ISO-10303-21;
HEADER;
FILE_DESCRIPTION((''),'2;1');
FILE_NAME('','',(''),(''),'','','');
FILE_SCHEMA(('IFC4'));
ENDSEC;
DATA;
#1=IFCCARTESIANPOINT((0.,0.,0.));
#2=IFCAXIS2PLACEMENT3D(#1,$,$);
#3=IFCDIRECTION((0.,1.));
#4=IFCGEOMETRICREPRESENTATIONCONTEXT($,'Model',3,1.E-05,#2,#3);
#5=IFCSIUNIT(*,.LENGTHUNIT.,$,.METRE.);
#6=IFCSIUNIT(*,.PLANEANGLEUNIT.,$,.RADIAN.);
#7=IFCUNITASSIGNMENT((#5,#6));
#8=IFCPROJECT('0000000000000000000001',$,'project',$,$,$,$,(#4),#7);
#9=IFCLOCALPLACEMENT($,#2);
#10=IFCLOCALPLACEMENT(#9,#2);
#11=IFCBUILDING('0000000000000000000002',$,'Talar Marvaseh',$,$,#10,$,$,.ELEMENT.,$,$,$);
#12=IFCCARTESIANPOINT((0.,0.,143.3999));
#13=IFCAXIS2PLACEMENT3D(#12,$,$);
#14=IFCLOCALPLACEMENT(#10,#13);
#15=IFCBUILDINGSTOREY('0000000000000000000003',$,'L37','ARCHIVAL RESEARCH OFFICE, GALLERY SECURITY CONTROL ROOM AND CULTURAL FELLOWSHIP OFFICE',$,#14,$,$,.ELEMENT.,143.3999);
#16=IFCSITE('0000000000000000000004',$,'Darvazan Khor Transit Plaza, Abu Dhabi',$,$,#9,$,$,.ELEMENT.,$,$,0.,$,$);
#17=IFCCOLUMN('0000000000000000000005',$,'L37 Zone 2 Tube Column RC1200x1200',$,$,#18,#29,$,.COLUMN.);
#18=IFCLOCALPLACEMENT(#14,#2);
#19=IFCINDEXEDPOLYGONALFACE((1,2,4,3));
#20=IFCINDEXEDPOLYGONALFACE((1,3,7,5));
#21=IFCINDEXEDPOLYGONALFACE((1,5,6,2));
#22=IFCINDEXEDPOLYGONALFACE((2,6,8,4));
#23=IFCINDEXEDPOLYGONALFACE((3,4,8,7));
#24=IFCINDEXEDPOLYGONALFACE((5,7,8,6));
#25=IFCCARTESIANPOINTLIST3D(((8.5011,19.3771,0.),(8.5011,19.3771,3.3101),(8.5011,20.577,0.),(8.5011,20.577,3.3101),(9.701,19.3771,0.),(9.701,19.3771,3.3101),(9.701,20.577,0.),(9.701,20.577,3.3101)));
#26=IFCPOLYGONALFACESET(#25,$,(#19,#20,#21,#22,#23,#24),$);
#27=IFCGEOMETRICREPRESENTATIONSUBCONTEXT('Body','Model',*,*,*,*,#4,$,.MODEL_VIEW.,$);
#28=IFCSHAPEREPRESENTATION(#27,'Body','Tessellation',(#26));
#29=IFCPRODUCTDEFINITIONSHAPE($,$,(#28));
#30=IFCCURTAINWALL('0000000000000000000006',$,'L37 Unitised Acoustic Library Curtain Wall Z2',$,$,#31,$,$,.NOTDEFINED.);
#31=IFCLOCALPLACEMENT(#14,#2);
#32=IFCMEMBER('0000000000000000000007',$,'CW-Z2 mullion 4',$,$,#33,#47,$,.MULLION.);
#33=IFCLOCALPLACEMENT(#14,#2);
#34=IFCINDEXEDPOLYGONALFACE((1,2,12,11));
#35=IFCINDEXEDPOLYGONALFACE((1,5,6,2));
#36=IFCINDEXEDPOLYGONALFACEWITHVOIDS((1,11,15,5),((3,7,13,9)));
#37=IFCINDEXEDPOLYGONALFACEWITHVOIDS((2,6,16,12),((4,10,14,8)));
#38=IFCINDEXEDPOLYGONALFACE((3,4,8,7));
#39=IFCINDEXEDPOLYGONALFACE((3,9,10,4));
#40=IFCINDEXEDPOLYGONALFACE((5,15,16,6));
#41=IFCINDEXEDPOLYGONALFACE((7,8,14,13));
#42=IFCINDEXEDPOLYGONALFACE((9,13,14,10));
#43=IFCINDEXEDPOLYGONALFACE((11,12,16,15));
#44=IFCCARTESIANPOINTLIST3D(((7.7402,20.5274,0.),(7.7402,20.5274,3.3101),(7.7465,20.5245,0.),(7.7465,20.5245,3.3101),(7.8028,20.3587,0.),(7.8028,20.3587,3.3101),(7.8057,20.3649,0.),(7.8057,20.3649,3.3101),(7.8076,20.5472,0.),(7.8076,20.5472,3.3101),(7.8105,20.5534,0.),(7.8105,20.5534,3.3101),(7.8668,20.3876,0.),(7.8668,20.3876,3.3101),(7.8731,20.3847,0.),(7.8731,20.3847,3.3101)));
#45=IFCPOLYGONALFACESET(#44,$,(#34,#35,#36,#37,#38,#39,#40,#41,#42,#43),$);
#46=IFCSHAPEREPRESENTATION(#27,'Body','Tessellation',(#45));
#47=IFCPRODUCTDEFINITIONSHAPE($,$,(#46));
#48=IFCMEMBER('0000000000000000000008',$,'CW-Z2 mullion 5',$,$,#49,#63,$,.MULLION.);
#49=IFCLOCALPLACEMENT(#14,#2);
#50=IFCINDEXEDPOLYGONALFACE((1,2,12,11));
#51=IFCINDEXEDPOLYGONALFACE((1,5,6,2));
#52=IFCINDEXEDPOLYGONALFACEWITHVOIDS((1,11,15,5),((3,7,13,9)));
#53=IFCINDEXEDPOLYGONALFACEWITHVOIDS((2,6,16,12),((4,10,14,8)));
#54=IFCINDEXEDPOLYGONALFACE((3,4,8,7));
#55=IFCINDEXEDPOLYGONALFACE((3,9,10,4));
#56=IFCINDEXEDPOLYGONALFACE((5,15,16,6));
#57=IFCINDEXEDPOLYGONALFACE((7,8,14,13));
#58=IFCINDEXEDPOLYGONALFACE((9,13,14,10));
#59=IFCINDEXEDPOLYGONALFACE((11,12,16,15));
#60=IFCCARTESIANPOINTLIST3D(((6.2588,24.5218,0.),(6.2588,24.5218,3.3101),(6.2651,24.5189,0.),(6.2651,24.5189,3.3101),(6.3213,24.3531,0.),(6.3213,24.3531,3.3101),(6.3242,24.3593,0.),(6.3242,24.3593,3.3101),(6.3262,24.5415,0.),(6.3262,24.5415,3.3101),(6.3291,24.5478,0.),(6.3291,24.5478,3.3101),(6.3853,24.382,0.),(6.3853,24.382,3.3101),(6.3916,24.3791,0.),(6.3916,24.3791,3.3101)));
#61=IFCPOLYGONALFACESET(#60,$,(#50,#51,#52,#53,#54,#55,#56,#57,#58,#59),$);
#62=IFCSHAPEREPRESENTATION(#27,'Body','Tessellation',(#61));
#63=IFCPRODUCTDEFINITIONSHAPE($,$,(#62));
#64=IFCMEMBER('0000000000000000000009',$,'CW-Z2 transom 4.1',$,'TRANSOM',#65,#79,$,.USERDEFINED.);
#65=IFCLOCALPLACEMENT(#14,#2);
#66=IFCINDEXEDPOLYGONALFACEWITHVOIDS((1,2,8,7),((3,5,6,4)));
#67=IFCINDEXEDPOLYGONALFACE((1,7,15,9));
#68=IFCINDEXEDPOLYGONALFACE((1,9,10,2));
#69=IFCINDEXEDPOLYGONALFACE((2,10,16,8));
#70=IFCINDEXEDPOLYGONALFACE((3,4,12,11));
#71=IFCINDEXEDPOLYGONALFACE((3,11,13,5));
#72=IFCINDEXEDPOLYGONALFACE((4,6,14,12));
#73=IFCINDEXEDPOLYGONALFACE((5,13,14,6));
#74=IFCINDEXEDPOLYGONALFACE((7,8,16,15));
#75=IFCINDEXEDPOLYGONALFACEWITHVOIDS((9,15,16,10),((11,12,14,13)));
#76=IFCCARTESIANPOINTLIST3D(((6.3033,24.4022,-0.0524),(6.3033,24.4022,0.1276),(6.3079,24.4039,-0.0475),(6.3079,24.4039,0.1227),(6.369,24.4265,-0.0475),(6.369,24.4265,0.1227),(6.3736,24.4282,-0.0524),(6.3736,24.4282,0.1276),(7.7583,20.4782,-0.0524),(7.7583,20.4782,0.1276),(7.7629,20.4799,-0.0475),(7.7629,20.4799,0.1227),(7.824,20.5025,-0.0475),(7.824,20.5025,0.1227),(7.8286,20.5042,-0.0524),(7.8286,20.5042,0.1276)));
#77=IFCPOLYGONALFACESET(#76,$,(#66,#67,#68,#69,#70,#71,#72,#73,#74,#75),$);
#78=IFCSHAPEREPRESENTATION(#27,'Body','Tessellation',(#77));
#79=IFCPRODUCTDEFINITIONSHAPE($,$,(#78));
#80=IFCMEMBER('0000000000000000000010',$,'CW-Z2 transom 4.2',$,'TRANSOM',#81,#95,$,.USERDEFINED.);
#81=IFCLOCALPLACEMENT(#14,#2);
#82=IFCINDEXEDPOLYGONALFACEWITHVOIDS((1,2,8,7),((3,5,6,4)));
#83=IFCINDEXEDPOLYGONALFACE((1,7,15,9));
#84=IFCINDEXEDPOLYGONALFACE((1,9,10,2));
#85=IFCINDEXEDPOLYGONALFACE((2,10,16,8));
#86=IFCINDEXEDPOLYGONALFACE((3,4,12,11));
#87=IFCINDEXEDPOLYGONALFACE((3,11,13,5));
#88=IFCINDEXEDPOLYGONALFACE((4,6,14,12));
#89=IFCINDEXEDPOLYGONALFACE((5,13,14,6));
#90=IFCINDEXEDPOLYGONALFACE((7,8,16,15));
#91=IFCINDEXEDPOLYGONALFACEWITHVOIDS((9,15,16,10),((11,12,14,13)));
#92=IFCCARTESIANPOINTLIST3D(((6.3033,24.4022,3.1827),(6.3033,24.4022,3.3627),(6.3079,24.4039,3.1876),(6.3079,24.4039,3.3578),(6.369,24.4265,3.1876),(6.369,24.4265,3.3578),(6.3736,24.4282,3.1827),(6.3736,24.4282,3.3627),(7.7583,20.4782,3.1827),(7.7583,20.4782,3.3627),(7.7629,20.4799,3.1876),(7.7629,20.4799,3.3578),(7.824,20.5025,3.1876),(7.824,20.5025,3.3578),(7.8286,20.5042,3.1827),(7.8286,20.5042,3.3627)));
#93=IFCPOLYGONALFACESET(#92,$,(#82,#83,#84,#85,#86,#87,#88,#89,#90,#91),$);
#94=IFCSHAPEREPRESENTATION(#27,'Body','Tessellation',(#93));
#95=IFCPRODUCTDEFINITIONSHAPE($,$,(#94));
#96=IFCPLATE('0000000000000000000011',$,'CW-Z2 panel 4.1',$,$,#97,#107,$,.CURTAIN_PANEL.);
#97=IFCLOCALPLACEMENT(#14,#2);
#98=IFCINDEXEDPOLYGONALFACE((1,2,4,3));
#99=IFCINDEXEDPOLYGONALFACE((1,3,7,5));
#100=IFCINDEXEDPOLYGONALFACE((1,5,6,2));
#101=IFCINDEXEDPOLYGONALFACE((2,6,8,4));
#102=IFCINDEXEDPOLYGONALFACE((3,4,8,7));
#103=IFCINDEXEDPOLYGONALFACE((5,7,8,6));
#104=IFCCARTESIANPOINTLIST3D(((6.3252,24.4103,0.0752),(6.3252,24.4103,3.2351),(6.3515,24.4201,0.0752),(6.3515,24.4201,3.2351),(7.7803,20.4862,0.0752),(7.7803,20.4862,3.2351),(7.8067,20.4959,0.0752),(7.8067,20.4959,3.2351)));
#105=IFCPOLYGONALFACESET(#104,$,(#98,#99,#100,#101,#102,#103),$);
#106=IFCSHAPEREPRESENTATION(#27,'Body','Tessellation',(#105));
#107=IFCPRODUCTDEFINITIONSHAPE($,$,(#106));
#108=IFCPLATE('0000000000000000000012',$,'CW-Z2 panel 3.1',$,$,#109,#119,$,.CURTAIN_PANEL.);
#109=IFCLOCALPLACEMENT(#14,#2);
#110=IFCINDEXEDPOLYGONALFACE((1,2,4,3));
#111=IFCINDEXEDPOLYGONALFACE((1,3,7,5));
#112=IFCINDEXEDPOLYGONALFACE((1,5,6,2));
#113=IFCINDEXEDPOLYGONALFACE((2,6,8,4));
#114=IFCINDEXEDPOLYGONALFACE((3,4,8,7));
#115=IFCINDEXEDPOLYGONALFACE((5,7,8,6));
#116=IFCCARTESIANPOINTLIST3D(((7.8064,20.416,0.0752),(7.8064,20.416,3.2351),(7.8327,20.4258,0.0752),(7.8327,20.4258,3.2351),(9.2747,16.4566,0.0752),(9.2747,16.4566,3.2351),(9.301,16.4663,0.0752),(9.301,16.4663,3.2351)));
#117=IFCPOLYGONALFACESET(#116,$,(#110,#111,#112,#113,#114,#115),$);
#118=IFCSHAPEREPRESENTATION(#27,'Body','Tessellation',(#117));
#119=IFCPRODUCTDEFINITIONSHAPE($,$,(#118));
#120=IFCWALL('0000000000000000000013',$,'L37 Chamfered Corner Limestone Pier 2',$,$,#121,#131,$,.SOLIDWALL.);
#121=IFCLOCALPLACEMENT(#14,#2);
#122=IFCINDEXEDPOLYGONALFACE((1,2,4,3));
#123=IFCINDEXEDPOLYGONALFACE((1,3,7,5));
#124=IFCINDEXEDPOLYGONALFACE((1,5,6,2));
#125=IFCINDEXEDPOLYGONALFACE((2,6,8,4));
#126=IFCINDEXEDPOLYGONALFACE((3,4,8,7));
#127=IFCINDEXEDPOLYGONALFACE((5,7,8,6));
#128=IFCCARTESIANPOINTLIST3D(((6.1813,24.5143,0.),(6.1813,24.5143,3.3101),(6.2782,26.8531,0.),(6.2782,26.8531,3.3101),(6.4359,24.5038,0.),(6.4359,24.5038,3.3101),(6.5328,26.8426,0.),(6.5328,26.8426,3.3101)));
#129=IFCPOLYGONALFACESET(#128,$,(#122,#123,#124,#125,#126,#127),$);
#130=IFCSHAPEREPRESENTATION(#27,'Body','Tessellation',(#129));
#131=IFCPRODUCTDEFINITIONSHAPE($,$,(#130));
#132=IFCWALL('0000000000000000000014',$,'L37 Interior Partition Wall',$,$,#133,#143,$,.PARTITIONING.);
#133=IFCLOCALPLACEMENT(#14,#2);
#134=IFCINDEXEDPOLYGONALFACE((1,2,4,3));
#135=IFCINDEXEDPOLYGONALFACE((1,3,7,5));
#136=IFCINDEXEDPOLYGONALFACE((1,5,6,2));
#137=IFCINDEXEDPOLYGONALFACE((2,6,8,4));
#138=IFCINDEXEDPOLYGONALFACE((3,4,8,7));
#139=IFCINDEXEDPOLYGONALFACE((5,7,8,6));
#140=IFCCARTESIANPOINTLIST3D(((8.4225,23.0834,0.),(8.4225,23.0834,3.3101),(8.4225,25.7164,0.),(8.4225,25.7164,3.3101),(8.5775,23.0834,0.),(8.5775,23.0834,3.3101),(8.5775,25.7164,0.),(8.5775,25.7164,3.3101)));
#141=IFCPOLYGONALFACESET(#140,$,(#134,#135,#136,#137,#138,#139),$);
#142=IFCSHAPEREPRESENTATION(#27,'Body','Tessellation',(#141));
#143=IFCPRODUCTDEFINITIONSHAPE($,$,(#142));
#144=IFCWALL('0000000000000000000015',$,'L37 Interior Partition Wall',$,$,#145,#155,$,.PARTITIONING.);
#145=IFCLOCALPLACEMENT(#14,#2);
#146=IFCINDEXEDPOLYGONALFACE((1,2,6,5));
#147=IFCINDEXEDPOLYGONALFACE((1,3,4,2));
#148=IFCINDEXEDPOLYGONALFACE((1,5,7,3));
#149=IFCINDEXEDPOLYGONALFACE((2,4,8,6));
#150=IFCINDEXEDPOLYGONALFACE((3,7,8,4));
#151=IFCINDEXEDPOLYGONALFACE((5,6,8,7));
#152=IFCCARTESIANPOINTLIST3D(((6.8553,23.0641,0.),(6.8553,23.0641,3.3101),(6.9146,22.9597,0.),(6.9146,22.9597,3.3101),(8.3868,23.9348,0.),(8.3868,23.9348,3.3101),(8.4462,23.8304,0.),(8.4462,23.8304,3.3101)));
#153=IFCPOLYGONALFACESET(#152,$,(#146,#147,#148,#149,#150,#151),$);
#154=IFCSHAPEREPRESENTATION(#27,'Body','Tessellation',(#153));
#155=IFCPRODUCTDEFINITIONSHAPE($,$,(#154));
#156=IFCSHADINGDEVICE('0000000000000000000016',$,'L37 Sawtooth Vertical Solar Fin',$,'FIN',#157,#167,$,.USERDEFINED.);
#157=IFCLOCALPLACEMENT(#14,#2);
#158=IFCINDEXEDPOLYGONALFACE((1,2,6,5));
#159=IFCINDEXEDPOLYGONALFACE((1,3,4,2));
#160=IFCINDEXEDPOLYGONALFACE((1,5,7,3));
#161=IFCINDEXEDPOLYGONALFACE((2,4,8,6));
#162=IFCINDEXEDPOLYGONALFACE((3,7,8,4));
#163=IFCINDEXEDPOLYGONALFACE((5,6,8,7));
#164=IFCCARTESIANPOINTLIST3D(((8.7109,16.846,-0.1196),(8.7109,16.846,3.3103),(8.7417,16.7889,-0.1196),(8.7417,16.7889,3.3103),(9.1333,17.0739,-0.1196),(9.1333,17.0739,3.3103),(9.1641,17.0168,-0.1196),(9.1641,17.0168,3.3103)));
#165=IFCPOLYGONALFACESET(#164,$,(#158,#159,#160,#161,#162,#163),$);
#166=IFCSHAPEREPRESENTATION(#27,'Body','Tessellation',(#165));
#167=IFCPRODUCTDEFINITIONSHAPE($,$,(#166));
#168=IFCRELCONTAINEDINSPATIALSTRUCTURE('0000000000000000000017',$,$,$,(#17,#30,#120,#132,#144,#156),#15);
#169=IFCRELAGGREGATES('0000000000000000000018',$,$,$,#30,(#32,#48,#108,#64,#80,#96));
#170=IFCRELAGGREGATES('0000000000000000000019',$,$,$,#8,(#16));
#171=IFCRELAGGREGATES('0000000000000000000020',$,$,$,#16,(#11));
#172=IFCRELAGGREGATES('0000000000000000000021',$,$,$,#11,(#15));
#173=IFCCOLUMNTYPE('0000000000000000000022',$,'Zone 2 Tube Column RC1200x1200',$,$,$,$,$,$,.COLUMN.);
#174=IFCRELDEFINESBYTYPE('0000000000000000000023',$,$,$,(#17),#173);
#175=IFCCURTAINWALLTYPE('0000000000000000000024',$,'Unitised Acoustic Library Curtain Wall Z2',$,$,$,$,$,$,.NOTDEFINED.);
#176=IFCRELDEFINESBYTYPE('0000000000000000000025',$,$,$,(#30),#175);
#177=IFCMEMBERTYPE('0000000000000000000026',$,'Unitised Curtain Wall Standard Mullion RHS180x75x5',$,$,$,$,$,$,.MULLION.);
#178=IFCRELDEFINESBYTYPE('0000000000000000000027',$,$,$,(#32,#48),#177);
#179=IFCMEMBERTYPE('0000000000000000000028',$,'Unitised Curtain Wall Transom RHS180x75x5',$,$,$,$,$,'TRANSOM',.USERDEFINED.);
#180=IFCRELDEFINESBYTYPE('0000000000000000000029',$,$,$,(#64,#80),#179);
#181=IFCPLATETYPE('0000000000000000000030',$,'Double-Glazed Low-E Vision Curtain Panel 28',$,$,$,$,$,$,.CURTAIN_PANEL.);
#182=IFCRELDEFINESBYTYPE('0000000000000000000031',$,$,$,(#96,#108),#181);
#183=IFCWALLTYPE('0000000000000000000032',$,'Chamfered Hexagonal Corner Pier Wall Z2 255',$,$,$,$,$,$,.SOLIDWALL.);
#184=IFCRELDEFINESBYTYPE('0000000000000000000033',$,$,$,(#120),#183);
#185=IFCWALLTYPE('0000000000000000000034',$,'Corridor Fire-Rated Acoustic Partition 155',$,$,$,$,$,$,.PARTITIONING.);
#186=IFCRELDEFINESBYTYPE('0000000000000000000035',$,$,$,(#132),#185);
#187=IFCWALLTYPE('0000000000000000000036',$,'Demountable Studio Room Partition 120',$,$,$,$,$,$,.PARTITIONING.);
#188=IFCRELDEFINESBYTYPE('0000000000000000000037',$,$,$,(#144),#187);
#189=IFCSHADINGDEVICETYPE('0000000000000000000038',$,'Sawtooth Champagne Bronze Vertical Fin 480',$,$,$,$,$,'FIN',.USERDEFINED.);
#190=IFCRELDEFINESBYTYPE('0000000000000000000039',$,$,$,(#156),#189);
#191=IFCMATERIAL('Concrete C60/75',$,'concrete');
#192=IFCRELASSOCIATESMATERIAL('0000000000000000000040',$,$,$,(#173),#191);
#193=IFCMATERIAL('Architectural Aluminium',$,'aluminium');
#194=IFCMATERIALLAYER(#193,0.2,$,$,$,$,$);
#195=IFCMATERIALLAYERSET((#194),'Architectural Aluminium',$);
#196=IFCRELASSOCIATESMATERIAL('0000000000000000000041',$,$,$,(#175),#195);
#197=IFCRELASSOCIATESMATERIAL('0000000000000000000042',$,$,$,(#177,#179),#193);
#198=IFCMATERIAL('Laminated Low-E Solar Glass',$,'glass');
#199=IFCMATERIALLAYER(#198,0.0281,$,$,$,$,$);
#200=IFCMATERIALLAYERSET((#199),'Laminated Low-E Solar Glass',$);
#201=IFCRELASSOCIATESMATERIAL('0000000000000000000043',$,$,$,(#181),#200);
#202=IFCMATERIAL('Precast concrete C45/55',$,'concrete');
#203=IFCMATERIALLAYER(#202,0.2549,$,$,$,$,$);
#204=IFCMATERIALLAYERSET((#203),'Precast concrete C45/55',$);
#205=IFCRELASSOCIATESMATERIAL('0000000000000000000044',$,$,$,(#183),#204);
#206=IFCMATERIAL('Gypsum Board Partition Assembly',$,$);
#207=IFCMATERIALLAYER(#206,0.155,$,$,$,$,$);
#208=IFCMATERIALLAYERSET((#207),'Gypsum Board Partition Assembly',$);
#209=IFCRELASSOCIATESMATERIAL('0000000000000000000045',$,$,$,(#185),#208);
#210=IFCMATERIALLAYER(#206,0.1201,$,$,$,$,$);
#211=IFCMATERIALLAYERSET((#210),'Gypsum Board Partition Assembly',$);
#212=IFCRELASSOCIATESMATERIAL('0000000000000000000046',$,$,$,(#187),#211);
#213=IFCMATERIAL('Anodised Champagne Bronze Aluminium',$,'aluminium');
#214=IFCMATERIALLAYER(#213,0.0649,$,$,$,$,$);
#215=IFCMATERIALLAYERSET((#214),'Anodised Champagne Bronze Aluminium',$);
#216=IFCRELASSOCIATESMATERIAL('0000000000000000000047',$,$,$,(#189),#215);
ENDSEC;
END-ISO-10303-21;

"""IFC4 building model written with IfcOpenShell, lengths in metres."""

from ifc_helpers import new_model, si_unit, direction, frame, frame_2d, origin, origin_2d, place, context, subcontext, project, spatial, rectangle, hollow_rectangle, extrude, source, transform, mapped, material, layer, layer_set, material_profile, profile_set, type_object, type_shapes, element, aggregate, save


model = new_model("IFC4")

# Units and contexts
model_context = context("Model", 3, precision=1e-05, world=origin(), true_north=direction((0.0, 1.0)))
body_context = subcontext(model_context, "Body", "Model", "MODEL_VIEW")
ifc_project = project(units=[si_unit("LENGTHUNIT", "METRE"), si_unit("PLANEANGLEUNIT", "RADIAN")], contexts=[model_context])

# Site, building, storey
site_placement = place(None, origin())
site = spatial("IfcSite", under=ifc_project, at=site_placement, Name="Darvazan Khor Transit Plaza, Abu Dhabi", CompositionType="ELEMENT", RefElevation=0.0)
building_placement = place(site_placement, origin())
building = spatial("IfcBuilding", under=site, at=building_placement, Name="Talar Marvaseh", CompositionType="ELEMENT")
storey_placement = place(building_placement, frame((0.0, 0.0, 143.3999)))
storey = spatial("IfcBuildingStorey", under=building, at=storey_placement, Name="L37", Description="ARCHIVAL RESEARCH OFFICE, GALLERY SECURITY CONTROL ROOM AND CULTURAL FELLOWSHIP OFFICE", CompositionType="ELEMENT", Elevation=143.3999)

# Column
ifc_material_1 = material(Name="Concrete C60/75", Category="concrete")
ifc_material_profile_1 = material_profile(ifc_material_1, rectangle(XDim=1.2, YDim=1.2, at=origin_2d()), Name="RC1200x1200")
ifc_profile_set_1 = profile_set([ifc_material_profile_1], Name="Concrete C60/75")
column_type = type_object("IfcColumnType", Name="Zone 2 Tube Column RC1200x1200", PredefinedType="COLUMN", material=ifc_profile_set_1)
column_placement = place(storey_placement, frame((9.1011, 19.9771, 0.0), z_axis=(0.0, 0.0, 1.0), x_axis=(1.0, 0.0, 0.0)))
element("IfcColumn", 1, at=column_placement, inside=storey, type_object=column_type, Name="L37 Zone 2 Tube Column RC1200x1200", PredefinedType="COLUMN", context=body_context, shape_type="SweptSolid", body=[
    extrude(rectangle(XDim=1.2, YDim=1.2, at=origin_2d()), origin(), (0.0, 0.0, 1.0), 3.3101),
])

# Curtain wall, members, plates
ifc_material_2 = material(Name="Architectural Aluminium", Category="aluminium")
ifc_layer_1 = layer(ifc_material_2, 0.2)
ifc_layer_set_1 = layer_set([ifc_layer_1], Name="Architectural Aluminium")
curtain_wall_type = type_object("IfcCurtainWallType", Name="Unitised Acoustic Library Curtain Wall Z2", PredefinedType="NOTDEFINED", material=ifc_layer_set_1)
curtain_wall_placement = place(storey_placement, origin())
curtain_wall = element("IfcCurtainWall", 2, at=curtain_wall_placement, inside=storey, type_object=curtain_wall_type, Name="L37 Unitised Acoustic Library Curtain Wall Z2", PredefinedType="NOTDEFINED")
ifc_material_profile_2 = material_profile(ifc_material_2, hollow_rectangle(XDim=0.075, YDim=0.1799, WallThickness=0.0049, at=origin_2d()), Name="RHS180x75x5")
ifc_profile_set_2 = profile_set([ifc_material_profile_2], Name="Architectural Aluminium")
member_type_1 = type_object("IfcMemberType", Name="Unitised Curtain Wall Standard Mullion RHS180x75x5", PredefinedType="MULLION", material=ifc_profile_set_2)
shared_shape_1 = source(origin(), body_context, "Body", "SweptSolid", [
    extrude(hollow_rectangle(XDim=0.075, YDim=0.1799, WallThickness=0.0049, at=origin_2d()), origin(), (0.0, 0.0, 1.0), 3.3101),
])
type_shapes(member_type_1, [shared_shape_1])
member_1_placement = place(storey_placement, frame((7.8066, 20.4561, 0.0), z_axis=(0.0, 0.0, 1.0), x_axis=(-0.93761, -0.347688, 0.0)))
member_1 = element("IfcMember", 3, at=member_1_placement, type_object=member_type_1, Name="CW-Z2 mullion 4", PredefinedType="MULLION", context=body_context, shape_type="MappedRepresentation", body=[
    mapped(shared_shape_1, transform((0.0, 0.0, 0.0), x_axis=(1.0, 0.0, 0.0), y_axis=(0.0, 1.0, 0.0), z_axis=(0.0, 0.0, 1.0), scale=1.0)),
])
member_2_placement = place(storey_placement, frame((6.3252, 24.4504, 0.0), z_axis=(0.0, 0.0, 1.0), x_axis=(-0.93761, -0.347688, 0.0)))
member_2 = element("IfcMember", 4, at=member_2_placement, type_object=member_type_1, Name="CW-Z2 mullion 5", PredefinedType="MULLION", context=body_context, shape_type="MappedRepresentation", body=[
    mapped(shared_shape_1, transform((0.0, 0.0, 0.0), x_axis=(1.0, 0.0, 0.0), y_axis=(0.0, 1.0, 0.0), z_axis=(0.0, 0.0, 1.0), scale=1.0)),
])
ifc_material_profile_3 = material_profile(ifc_material_2, hollow_rectangle(XDim=0.075, YDim=0.1799, WallThickness=0.0049, at=origin_2d()), Name="RHS180x75x5")
ifc_profile_set_3 = profile_set([ifc_material_profile_3], Name="Architectural Aluminium")
member_type_2 = type_object("IfcMemberType", Name="Unitised Curtain Wall Transom RHS180x75x5", ElementType="TRANSOM", PredefinedType="USERDEFINED", material=ifc_profile_set_3)
shared_shape_2 = source(origin(), body_context, "Body", "SweptSolid", [
    extrude(hollow_rectangle(XDim=0.075, YDim=0.1799, WallThickness=0.0049, at=origin_2d()), origin(), (0.0, 0.0, 1.0), 4.1851),
])
type_shapes(member_type_2, [shared_shape_2])
member_3_placement = place(storey_placement, frame((7.7935, 20.4912, 0.0376), z_axis=(-0.347675, 0.937615, 0.0), x_axis=(-0.937615, -0.347675, 0.0)))
member_3 = element("IfcMember", 5, at=member_3_placement, type_object=member_type_2, Name="CW-Z2 transom 4.1", ObjectType="TRANSOM", PredefinedType="USERDEFINED", context=body_context, shape_type="MappedRepresentation", body=[
    mapped(shared_shape_2, transform((0.0, 0.0, 0.0), x_axis=(1.0, 0.0, 0.0), y_axis=(0.0, 1.0, 0.0), z_axis=(0.0, 0.0, 1.0), scale=1.0)),
])
member_4_placement = place(storey_placement, frame((7.7935, 20.4912, 3.2727), z_axis=(-0.347675, 0.937615, 0.0), x_axis=(-0.937615, -0.347675, 0.0)))
member_4 = element("IfcMember", 6, at=member_4_placement, type_object=member_type_2, Name="CW-Z2 transom 4.2", ObjectType="TRANSOM", PredefinedType="USERDEFINED", context=body_context, shape_type="MappedRepresentation", body=[
    mapped(shared_shape_2, transform((0.0, 0.0, 0.0), x_axis=(1.0, 0.0, 0.0), y_axis=(0.0, 1.0, 0.0), z_axis=(0.0, 0.0, 1.0), scale=1.0)),
])
ifc_material_3 = material(Name="Laminated Low-E Solar Glass", Category="glass")
ifc_layer_2 = layer(ifc_material_3, 0.0281)
ifc_layer_set_2 = layer_set([ifc_layer_2], Name="Laminated Low-E Solar Glass")
plate_type = type_object("IfcPlateType", Name="Double-Glazed Low-E Vision Curtain Panel 28", PredefinedType="CURTAIN_PANEL", material=ifc_layer_set_2)
shared_shape_3 = source(origin(), body_context, "Body", "SweptSolid", [
    extrude(rectangle(XDim=4.1853, YDim=0.0281, at=origin_2d()), origin(), (0.0, 0.0, 1.0), 3.1599),
])
plate_1_placement = place(storey_placement, frame((7.0659, 22.4531, 0.0752), z_axis=(0.0, 0.0, 1.0), x_axis=(-0.347688, 0.93761, 0.0)))
plate_1 = element("IfcPlate", 7, at=plate_1_placement, type_object=plate_type, Name="CW-Z2 panel 4.1", PredefinedType="CURTAIN_PANEL", context=body_context, shape_type="MappedRepresentation", body=[
    mapped(shared_shape_3, transform((0.0, 0.0, 0.0), x_axis=(1.0, 0.0, 0.0), y_axis=(0.0, 1.0, 0.0), z_axis=(0.0, 0.0, 1.0), scale=1.0)),
])
shared_shape_4 = source(origin(), body_context, "Body", "SweptSolid", [
    extrude(rectangle(XDim=4.2229, YDim=0.0281, at=origin_2d()), origin(), (0.0, 0.0, 1.0), 3.1599),
])
type_shapes(plate_type, [shared_shape_3, shared_shape_4])
plate_2_placement = place(storey_placement, frame((8.5537, 18.4412, 0.0752), z_axis=(0.0, 0.0, 1.0), x_axis=(-0.347688, 0.93761, 0.0)))
plate_2 = element("IfcPlate", 8, at=plate_2_placement, type_object=plate_type, Name="CW-Z2 panel 3.1", PredefinedType="CURTAIN_PANEL", context=body_context, shape_type="MappedRepresentation", body=[
    mapped(shared_shape_4, transform((0.0, 0.0, 0.0), x_axis=(1.0, 0.0, 0.0), y_axis=(0.0, 1.0, 0.0), z_axis=(0.0, 0.0, 1.0), scale=1.0)),
])
aggregate(curtain_wall, [member_1, member_2, plate_2, member_3, member_4, plate_1])

# Wall
ifc_material_4 = material(Name="Precast concrete C45/55", Category="concrete")
ifc_layer_3 = layer(ifc_material_4, 0.2549)
ifc_layer_set_3 = layer_set([ifc_layer_3], Name="Precast concrete C45/55")
wall_type_1 = type_object("IfcWallType", Name="Chamfered Hexagonal Corner Pier Wall Z2 255", PredefinedType="SOLIDWALL", material=ifc_layer_set_3)
wall_1_placement = place(storey_placement, frame((6.3086, 24.509, 0.0), z_axis=(0.0, 0.0, 1.0), x_axis=(0.041405, 0.999142, 0.0)))
element("IfcWall", 9, at=wall_1_placement, inside=storey, type_object=wall_type_1, Name="L37 Chamfered Corner Limestone Pier 2", PredefinedType="SOLIDWALL", context=body_context, shape_type="SweptSolid", body=[
    extrude(rectangle(XDim=2.3408, YDim=0.2549, at=frame_2d((1.1704, 0.0))), origin(), (0.0, 0.0, 1.0), 3.3101),
])

# Shared definitions
ifc_material_5 = material(Name="Gypsum Board Partition Assembly")
ifc_layer_4 = layer(ifc_material_5, 0.155)
ifc_layer_set_4 = layer_set([ifc_layer_4], Name="Gypsum Board Partition Assembly")
wall_type_2 = type_object("IfcWallType", Name="Corridor Fire-Rated Acoustic Partition 155", PredefinedType="PARTITIONING", material=ifc_layer_set_4)

# Walls
wall_2_placement = place(storey_placement, frame((8.5, 23.0835, 0.0), z_axis=(0.0, 0.0, 1.0), x_axis=(0.0, 1.0, 0.0)))
element("IfcWall", 10, at=wall_2_placement, inside=storey, type_object=wall_type_2, Name="L37 Interior Partition Wall", PredefinedType="PARTITIONING", context=body_context, shape_type="SweptSolid", body=[
    extrude(rectangle(XDim=2.6331, YDim=0.155, at=frame_2d((1.3164, 0.0))), origin(), (0.0, 0.0, 1.0), 3.3101),
])
ifc_layer_5 = layer(ifc_material_5, 0.1201)
ifc_layer_set_5 = layer_set([ifc_layer_5], Name="Gypsum Board Partition Assembly")
wall_type_3 = type_object("IfcWallType", Name="Demountable Studio Room Partition 120", PredefinedType="PARTITIONING", material=ifc_layer_set_5)
wall_3_placement = place(storey_placement, frame((8.4165, 23.8826, 0.0), z_axis=(0.0, 0.0, 1.0), x_axis=(-0.86935, -0.494197, 0.0)))
element("IfcWall", 11, at=wall_3_placement, inside=storey, type_object=wall_type_3, Name="L37 Interior Partition Wall", PredefinedType="PARTITIONING", context=body_context, shape_type="SweptSolid", body=[
    extrude(rectangle(XDim=1.7617, YDim=0.1201, at=frame_2d((0.8809, 0.0))), origin(), (0.0, 0.0, 1.0), 3.3101),
])

# Shading device
ifc_material_6 = material(Name="Anodised Champagne Bronze Aluminium", Category="aluminium")
ifc_layer_6 = layer(ifc_material_6, 0.0649)
ifc_layer_set_6 = layer_set([ifc_layer_6], Name="Anodised Champagne Bronze Aluminium")
shading_device_type_1 = type_object("IfcShadingDeviceType", Name="Sawtooth Champagne Bronze Vertical Fin 480", ElementType="FIN", PredefinedType="USERDEFINED", material=ifc_layer_set_6)
shared_shape_5 = source(origin(), body_context, "Body", "SweptSolid", [
    extrude(rectangle(XDim=0.48, YDim=0.0649, at=origin_2d()), origin(), (0.0, 0.0, 1.0), 3.4299),
])
type_shapes(shading_device_type_1, [shared_shape_5])
for number, where, z_axis, x_axis, name in (
    (12, (8.9375, 16.9314, -0.1196), (0.0, 0.0, 1.0), (-0.880063, -0.474856, 0.0), "L37 Sawtooth Vertical Solar Fin"),
):
    element("IfcShadingDevice", number, at=place(storey_placement, frame(where, z_axis=z_axis, x_axis=x_axis)), inside=storey, type_object=shading_device_type_1, Name=name, ObjectType="FIN", PredefinedType="USERDEFINED", context=body_context, shape_type="MappedRepresentation", body=[
        mapped(shared_shape_5, transform((0.0, 0.0, 0.0), x_axis=(1.0, 0.0, 0.0), y_axis=(0.0, 1.0, 0.0), z_axis=(0.0, 0.0, 1.0), scale=1.0)),
    ])

save(model, "model.ifc")
